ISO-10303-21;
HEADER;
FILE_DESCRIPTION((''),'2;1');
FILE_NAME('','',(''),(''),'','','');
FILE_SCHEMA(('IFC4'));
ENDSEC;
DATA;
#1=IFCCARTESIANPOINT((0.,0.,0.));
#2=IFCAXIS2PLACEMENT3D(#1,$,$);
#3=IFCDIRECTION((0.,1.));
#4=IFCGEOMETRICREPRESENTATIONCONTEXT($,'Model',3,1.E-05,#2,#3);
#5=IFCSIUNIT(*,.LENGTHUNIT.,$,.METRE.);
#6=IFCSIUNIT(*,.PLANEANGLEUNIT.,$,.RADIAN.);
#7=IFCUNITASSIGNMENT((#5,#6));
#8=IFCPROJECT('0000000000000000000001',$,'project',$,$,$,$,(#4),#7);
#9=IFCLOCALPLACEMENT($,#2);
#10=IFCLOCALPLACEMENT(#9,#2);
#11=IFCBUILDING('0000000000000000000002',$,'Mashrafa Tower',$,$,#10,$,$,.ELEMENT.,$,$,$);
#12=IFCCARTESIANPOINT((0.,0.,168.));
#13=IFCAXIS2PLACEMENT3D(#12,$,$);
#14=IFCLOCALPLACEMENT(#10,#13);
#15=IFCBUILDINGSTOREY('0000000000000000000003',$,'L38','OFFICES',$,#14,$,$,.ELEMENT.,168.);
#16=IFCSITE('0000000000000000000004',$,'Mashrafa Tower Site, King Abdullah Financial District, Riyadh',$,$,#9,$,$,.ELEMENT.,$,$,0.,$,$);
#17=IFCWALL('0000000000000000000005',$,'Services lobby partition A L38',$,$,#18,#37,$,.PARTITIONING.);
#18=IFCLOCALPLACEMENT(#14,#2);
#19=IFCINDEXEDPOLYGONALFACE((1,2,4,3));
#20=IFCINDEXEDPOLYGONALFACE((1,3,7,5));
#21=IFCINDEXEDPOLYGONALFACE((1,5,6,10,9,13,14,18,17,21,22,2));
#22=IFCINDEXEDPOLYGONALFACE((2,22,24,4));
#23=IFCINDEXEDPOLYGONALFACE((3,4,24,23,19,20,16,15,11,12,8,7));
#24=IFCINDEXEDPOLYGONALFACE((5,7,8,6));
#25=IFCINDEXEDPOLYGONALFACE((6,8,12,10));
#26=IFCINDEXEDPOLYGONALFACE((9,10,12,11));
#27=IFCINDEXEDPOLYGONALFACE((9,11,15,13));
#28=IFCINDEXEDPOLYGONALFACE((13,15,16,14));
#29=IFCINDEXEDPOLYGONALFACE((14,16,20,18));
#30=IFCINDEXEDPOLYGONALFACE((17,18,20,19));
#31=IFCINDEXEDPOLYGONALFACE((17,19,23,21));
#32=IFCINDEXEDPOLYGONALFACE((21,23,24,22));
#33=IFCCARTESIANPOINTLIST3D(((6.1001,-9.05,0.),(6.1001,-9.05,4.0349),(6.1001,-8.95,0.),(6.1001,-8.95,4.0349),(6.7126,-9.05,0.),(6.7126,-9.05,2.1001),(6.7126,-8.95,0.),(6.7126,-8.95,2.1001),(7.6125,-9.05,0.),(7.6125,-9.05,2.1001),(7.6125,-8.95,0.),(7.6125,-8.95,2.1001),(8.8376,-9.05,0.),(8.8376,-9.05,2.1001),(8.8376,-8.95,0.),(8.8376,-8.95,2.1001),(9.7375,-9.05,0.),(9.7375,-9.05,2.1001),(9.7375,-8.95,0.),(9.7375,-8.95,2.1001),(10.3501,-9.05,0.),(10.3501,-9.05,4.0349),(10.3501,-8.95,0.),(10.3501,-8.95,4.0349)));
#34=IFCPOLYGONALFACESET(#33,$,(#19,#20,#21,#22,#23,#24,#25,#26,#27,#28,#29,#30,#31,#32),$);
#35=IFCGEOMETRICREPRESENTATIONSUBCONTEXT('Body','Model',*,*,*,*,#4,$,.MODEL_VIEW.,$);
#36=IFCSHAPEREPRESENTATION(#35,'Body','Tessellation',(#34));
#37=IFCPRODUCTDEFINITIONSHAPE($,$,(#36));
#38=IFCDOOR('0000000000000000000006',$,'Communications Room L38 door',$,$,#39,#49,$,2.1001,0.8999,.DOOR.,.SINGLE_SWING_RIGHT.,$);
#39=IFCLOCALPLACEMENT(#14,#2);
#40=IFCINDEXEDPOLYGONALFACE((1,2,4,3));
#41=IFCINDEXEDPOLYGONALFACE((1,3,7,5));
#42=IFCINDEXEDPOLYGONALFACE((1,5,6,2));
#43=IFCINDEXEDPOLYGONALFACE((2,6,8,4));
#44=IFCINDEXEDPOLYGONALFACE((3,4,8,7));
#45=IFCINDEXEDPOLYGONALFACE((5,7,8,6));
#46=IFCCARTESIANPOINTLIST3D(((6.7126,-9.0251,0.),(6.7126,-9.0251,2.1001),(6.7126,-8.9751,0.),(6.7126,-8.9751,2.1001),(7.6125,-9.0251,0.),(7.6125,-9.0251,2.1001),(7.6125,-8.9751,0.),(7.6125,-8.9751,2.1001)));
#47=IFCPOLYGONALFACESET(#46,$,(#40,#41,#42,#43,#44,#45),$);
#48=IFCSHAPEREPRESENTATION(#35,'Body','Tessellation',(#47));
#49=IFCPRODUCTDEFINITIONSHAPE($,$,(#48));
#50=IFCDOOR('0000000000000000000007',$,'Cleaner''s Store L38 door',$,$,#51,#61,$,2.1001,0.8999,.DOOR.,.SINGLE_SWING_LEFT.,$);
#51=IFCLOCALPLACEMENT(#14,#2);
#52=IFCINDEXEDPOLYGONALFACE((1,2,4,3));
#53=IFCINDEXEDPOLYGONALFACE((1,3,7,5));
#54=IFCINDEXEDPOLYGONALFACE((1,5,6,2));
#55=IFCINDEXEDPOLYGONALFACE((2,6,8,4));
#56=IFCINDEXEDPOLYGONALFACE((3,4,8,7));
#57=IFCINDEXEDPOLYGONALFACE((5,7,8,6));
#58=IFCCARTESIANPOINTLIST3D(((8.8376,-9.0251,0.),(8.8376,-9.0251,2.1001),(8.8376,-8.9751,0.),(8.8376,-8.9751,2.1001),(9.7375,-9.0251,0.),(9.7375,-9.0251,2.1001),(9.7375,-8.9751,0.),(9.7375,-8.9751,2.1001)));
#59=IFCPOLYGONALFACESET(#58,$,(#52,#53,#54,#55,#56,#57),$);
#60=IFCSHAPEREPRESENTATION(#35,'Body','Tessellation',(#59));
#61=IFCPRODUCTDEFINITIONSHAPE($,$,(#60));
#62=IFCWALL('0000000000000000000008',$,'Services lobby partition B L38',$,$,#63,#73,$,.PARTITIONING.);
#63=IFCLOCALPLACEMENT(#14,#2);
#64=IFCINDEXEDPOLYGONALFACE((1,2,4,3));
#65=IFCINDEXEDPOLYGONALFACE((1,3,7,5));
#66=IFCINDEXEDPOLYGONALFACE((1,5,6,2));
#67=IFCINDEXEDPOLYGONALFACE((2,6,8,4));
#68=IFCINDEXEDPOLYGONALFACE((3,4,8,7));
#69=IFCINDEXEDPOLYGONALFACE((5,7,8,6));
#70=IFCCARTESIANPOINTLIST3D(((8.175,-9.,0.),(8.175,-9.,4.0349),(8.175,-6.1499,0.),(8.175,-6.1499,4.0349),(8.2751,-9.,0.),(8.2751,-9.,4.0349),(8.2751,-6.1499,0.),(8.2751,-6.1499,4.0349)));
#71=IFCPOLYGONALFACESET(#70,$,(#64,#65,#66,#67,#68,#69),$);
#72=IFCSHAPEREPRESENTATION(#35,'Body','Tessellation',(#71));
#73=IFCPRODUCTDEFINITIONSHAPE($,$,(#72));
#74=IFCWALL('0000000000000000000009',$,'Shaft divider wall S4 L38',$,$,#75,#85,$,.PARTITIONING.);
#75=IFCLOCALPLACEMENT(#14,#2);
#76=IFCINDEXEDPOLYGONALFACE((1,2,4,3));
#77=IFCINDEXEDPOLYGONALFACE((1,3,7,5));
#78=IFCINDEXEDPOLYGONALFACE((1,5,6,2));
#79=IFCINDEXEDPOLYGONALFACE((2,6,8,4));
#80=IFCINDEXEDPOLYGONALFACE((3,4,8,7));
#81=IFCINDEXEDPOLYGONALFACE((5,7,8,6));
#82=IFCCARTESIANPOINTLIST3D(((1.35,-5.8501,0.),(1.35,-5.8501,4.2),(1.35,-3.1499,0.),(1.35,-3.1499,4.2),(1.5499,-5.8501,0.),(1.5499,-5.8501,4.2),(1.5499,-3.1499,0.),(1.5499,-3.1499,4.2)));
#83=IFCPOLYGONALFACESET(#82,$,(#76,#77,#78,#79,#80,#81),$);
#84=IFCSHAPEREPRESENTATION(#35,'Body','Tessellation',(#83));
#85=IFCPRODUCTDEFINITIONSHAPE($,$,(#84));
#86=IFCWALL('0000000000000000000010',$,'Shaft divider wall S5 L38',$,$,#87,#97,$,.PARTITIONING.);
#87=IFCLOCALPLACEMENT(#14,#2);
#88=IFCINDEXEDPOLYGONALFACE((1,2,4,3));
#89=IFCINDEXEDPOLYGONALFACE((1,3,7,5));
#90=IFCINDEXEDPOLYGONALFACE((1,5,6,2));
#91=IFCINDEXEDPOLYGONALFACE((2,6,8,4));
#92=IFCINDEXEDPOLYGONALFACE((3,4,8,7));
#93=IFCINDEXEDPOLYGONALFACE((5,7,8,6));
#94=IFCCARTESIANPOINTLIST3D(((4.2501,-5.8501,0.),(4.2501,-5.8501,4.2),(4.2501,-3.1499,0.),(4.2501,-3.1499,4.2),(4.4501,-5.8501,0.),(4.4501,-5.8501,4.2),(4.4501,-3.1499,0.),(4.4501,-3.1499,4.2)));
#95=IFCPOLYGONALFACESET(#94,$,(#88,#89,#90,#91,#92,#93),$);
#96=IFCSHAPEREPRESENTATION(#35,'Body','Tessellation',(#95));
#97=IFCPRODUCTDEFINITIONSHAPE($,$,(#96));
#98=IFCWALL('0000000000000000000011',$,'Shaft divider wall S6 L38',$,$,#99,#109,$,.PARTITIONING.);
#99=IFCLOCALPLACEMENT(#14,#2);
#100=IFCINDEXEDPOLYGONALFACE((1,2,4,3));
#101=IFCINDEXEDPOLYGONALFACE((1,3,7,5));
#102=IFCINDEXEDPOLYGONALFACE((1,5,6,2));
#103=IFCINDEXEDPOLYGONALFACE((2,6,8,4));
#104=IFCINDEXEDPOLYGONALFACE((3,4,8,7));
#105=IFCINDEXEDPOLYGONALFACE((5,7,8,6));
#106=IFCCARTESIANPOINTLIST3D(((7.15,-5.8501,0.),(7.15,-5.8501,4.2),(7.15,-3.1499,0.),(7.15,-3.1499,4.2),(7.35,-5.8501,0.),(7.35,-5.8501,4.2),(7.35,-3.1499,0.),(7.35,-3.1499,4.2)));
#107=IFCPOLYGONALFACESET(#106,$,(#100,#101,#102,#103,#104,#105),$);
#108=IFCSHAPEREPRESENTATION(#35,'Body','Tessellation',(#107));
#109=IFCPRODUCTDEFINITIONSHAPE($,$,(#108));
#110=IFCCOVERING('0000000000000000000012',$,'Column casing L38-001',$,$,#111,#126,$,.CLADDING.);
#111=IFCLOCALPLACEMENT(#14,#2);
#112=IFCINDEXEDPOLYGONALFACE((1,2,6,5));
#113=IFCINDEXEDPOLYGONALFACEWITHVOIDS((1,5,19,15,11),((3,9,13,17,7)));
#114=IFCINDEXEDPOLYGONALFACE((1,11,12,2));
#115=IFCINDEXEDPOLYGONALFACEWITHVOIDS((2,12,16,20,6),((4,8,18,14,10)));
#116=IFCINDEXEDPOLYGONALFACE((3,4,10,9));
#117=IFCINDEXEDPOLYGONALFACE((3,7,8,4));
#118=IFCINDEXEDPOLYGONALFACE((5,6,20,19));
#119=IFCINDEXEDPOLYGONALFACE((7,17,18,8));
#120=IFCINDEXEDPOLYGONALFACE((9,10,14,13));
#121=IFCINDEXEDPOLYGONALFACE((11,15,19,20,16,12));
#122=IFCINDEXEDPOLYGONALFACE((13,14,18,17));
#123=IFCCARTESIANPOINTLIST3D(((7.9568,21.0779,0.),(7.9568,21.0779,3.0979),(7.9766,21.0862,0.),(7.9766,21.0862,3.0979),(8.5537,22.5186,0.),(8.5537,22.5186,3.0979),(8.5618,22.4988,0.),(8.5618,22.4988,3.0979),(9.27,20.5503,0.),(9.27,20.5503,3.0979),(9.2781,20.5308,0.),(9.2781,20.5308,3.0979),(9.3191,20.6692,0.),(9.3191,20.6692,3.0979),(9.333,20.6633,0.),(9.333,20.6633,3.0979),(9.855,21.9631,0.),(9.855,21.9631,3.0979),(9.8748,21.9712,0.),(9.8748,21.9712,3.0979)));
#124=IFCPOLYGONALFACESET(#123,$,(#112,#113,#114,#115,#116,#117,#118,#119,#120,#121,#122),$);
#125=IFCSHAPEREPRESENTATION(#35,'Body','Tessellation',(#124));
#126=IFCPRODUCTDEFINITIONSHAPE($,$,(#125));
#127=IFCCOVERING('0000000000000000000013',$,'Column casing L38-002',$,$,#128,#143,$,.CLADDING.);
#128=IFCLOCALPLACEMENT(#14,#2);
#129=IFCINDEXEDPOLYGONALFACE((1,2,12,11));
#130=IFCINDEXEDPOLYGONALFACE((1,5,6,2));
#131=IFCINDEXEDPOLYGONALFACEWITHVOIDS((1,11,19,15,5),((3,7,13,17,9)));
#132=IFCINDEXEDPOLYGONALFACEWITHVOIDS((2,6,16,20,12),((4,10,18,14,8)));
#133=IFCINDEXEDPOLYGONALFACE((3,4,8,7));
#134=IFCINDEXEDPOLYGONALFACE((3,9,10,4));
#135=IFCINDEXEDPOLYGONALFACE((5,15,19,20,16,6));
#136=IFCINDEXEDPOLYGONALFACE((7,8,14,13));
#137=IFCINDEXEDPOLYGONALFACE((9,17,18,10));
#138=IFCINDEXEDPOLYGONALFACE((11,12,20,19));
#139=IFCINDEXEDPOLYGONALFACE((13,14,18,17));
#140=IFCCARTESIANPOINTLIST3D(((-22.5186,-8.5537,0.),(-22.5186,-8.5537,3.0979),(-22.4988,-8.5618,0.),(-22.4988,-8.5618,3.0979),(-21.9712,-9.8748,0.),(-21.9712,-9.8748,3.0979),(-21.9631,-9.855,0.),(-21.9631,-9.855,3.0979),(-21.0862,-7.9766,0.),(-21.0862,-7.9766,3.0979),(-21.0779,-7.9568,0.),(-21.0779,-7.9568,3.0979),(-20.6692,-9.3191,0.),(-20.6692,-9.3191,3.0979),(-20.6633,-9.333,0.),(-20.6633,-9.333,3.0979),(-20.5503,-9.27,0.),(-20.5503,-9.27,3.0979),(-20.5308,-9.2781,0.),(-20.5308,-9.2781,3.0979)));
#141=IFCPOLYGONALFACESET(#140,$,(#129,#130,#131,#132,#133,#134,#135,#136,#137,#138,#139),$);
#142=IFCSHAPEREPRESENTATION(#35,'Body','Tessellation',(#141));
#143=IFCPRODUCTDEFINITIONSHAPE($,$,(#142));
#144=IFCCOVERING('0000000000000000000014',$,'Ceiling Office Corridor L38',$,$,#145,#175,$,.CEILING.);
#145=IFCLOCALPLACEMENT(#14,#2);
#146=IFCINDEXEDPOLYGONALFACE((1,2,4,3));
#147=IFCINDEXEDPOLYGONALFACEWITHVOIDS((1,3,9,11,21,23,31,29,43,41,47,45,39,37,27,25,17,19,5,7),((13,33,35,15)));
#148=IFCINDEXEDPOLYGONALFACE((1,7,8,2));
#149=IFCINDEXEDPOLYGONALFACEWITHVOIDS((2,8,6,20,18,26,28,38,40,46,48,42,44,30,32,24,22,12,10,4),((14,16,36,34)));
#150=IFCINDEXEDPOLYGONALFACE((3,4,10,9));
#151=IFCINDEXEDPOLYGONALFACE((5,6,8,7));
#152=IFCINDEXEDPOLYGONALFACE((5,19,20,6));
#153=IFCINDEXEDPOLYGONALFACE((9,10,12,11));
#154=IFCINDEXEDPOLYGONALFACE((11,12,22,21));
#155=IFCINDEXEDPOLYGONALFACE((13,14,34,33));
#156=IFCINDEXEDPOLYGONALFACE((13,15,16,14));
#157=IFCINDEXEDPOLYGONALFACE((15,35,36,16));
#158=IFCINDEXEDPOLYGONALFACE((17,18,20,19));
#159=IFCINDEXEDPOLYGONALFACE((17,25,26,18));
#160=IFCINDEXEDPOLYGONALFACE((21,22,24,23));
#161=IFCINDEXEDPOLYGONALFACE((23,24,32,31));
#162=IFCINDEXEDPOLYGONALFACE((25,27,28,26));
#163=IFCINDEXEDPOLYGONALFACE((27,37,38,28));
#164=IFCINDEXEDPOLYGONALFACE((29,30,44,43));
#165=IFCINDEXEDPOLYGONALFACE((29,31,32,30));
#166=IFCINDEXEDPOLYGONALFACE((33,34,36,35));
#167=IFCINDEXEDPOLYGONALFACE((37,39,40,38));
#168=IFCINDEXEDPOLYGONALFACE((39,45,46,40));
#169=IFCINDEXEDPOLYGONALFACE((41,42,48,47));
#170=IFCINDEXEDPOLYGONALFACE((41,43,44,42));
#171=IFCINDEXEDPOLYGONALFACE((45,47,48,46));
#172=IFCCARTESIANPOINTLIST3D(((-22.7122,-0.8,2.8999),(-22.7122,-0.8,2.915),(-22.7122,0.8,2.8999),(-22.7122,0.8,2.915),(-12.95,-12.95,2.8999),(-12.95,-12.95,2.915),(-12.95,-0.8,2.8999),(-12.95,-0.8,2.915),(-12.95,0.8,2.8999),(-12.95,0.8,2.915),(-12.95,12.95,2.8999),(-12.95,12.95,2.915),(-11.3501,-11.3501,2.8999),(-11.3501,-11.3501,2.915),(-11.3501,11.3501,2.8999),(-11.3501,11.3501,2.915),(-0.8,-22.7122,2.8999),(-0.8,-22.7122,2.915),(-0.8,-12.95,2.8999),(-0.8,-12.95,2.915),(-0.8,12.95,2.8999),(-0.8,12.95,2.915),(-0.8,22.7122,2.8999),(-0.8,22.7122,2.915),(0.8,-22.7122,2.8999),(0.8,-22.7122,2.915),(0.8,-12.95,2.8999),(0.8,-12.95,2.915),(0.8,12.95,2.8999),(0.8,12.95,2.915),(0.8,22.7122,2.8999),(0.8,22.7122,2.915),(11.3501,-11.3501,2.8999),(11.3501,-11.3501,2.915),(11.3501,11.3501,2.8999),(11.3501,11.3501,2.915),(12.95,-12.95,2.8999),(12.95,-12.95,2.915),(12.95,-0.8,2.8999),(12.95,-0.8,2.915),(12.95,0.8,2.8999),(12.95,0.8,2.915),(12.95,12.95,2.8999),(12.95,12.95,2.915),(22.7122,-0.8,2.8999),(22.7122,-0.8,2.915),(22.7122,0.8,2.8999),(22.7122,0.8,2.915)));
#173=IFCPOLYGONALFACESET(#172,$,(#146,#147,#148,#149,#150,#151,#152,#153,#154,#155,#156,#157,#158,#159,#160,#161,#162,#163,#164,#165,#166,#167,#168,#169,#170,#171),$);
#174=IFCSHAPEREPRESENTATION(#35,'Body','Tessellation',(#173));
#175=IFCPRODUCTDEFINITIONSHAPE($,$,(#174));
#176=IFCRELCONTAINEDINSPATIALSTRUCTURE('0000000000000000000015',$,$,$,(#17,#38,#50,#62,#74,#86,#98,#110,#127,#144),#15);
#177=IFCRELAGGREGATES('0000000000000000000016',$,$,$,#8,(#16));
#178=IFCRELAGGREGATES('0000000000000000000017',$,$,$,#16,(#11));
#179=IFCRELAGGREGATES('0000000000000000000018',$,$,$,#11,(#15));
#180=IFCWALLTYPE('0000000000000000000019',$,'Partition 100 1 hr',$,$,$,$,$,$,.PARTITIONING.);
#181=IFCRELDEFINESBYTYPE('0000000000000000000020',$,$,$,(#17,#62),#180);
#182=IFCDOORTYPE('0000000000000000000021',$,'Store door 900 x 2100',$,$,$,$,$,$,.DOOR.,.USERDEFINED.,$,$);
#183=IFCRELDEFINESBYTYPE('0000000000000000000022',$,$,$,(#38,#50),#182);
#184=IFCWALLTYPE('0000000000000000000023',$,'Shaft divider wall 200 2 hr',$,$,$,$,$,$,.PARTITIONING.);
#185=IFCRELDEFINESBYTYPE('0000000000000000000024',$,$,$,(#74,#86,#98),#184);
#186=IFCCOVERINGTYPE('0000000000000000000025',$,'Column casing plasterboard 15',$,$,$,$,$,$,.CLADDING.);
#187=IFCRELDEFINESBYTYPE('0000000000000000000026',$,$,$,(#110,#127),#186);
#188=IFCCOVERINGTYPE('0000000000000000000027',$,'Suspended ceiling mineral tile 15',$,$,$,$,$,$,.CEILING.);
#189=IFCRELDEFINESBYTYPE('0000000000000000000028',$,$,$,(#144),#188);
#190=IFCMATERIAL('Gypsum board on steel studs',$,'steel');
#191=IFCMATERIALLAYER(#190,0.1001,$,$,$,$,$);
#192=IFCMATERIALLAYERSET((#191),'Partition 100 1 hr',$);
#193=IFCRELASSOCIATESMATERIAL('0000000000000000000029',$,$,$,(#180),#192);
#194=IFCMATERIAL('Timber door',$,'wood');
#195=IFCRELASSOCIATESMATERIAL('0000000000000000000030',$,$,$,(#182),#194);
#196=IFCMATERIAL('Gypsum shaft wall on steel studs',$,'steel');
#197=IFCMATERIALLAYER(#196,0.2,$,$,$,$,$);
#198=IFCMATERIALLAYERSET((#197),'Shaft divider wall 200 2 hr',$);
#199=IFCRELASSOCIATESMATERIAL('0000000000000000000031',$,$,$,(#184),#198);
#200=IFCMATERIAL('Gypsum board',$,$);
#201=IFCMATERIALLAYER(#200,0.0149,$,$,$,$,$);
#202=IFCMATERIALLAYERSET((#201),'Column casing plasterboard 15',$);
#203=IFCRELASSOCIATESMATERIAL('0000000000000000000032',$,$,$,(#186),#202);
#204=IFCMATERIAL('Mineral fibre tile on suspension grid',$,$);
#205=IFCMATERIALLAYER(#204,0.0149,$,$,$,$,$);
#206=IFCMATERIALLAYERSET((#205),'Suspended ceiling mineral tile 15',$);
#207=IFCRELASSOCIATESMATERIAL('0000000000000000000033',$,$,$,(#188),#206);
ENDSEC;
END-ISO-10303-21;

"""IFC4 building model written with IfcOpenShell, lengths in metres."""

from ifc_helpers import new_model, si_unit, direction, frame, frame_2d, origin, place, context, subcontext, project, spatial, polyline, rectangle, outline, extrude, material, layer, layer_set, type_object, element, fill, save


model = new_model("IFC4")

# Units and contexts
model_context = context("Model", 3, precision=1e-05, world=origin(), true_north=direction((0.0, 1.0)))
body_context = subcontext(model_context, "Body", "Model", "MODEL_VIEW")
ifc_project = project(units=[si_unit("LENGTHUNIT", "METRE"), si_unit("PLANEANGLEUNIT", "RADIAN")], contexts=[model_context])

# Site, building, storey
site_placement = place(None, origin())
site = spatial("IfcSite", under=ifc_project, at=site_placement, Name="Mashrafa Tower Site, King Abdullah Financial District, Riyadh", CompositionType="ELEMENT", RefElevation=0.0)
building_placement = place(site_placement, origin())
building = spatial("IfcBuilding", under=site, at=building_placement, Name="Mashrafa Tower", CompositionType="ELEMENT")
storey_placement = place(building_placement, frame((0.0, 0.0, 168.0)))
storey = spatial("IfcBuildingStorey", under=building, at=storey_placement, Name="L38", Description="OFFICES", CompositionType="ELEMENT", Elevation=168.0)

# Wall, openings, doors
ifc_material_1 = material(Name="Gypsum board on steel studs", Category="steel")
ifc_layer_1 = layer(ifc_material_1, 0.1001)
ifc_layer_set_1 = layer_set([ifc_layer_1], Name="Partition 100 1 hr")
wall_type_1 = type_object("IfcWallType", Name="Partition 100 1 hr", PredefinedType="PARTITIONING", material=ifc_layer_set_1)
wall_1_placement = place(storey_placement, frame((6.1001, -9.0, 0.0), z_axis=(0.0, 0.0, 1.0), x_axis=(1.0, 0.0, 0.0)))
wall_1 = element("IfcWall", 1, at=wall_1_placement, inside=storey, type_object=wall_type_1, Name="Services lobby partition A L38", PredefinedType="PARTITIONING", context=body_context, shape_type="SweptSolid", body=[
    extrude(rectangle(XDim=4.25, YDim=0.1001, at=frame_2d((2.125, 0.0))), origin(), (0.0, 0.0, 1.0), 4.0349),
])
opening_1_placement = place(wall_1_placement, frame((0.6125, 0.0, 0.0)))
opening_1 = element("IfcOpeningElement", 2, at=opening_1_placement, cuts=wall_1, PredefinedType="OPENING", context=body_context, shape_type="SweptSolid", body=[
    extrude(rectangle(XDim=0.8999, YDim=2.1001, at=frame_2d((0.45, 1.05))), frame((0.0, 0.0601, 0.0), z_axis=(0.0, -1.0, 0.0), x_axis=(1.0, 0.0, 0.0)), (0.0, 0.0, 1.0), 0.1201),
])
opening_2_placement = place(wall_1_placement, frame((2.7375, 0.0, 0.0)))
opening_2 = element("IfcOpeningElement", 3, at=opening_2_placement, cuts=wall_1, PredefinedType="OPENING", context=body_context, shape_type="SweptSolid", body=[
    extrude(rectangle(XDim=0.8999, YDim=2.1001, at=frame_2d((0.45, 1.05))), frame((0.0, 0.0601, 0.0), z_axis=(0.0, -1.0, 0.0), x_axis=(1.0, 0.0, 0.0)), (0.0, 0.0, 1.0), 0.1201),
])
ifc_material_2 = material(Name="Timber door", Category="wood")
door_type_1 = type_object("IfcDoorType", Name="Store door 900 x 2100", OperationType="USERDEFINED", PredefinedType="DOOR", material=ifc_material_2)
door_1_placement = place(opening_1_placement, origin())
door_1 = element("IfcDoor", 4, at=door_1_placement, inside=storey, type_object=door_type_1, Name="Communications Room L38 door", OperationType="SINGLE_SWING_RIGHT", OverallHeight=2.1001, OverallWidth=0.8999, PredefinedType="DOOR", context=body_context, shape_type="SweptSolid", body=[
    extrude(rectangle(XDim=0.8999, YDim=2.1001, at=frame_2d((0.45, 1.05))), frame((0.0, 0.0249, 0.0), z_axis=(0.0, -1.0, 0.0), x_axis=(1.0, 0.0, 0.0)), (0.0, 0.0, 1.0), 0.05),
])
fill(opening_1, door_1)
door_2_placement = place(opening_2_placement, origin())
door_2 = element("IfcDoor", 5, at=door_2_placement, inside=storey, type_object=door_type_1, Name="Cleaner's Store L38 door", OperationType="SINGLE_SWING_LEFT", OverallHeight=2.1001, OverallWidth=0.8999, PredefinedType="DOOR", context=body_context, shape_type="SweptSolid", body=[
    extrude(rectangle(XDim=0.8999, YDim=2.1001, at=frame_2d((0.45, 1.05))), frame((0.0, 0.0249, 0.0), z_axis=(0.0, -1.0, 0.0), x_axis=(1.0, 0.0, 0.0)), (0.0, 0.0, 1.0), 0.05),
])
fill(opening_2, door_2)

# Walls
wall_2_placement = place(storey_placement, frame((8.2251, -9.0, 0.0), z_axis=(0.0, 0.0, 1.0), x_axis=(0.0, 1.0, 0.0)))
element("IfcWall", 6, at=wall_2_placement, inside=storey, type_object=wall_type_1, Name="Services lobby partition B L38", PredefinedType="PARTITIONING", context=body_context, shape_type="SweptSolid", body=[
    extrude(rectangle(XDim=2.8501, YDim=0.1001, at=frame_2d((1.425, 0.0))), origin(), (0.0, 0.0, 1.0), 4.0349),
])
ifc_material_3 = material(Name="Gypsum shaft wall on steel studs", Category="steel")
ifc_layer_2 = layer(ifc_material_3, 0.2)
ifc_layer_set_2 = layer_set([ifc_layer_2], Name="Shaft divider wall 200 2 hr")
wall_type_2 = type_object("IfcWallType", Name="Shaft divider wall 200 2 hr", PredefinedType="PARTITIONING", material=ifc_layer_set_2)
for number, where, z_axis, x_axis, name in (
    (7, (1.45, -5.8501, 0.0), (0.0, 0.0, 1.0), (0.0, 1.0, 0.0), "Shaft divider wall S4 L38"),
    (8, (4.3501, -5.8501, 0.0), (0.0, 0.0, 1.0), (0.0, 1.0, 0.0), "Shaft divider wall S5 L38"),
    (9, (7.25, -5.8501, 0.0), (0.0, 0.0, 1.0), (0.0, 1.0, 0.0), "Shaft divider wall S6 L38"),
):
    element("IfcWall", number, at=place(storey_placement, frame(where, z_axis=z_axis, x_axis=x_axis)), inside=storey, type_object=wall_type_2, Name=name, PredefinedType="PARTITIONING", context=body_context, shape_type="SweptSolid", body=[
        extrude(rectangle(XDim=2.7002, YDim=0.2, at=frame_2d((1.3501, 0.0))), origin(), (0.0, 0.0, 1.0), 4.2),
    ])

# Coverings
ifc_material_4 = material(Name="Gypsum board")
ifc_layer_3 = layer(ifc_material_4, 0.0149)
ifc_layer_set_3 = layer_set([ifc_layer_3], Name="Column casing plasterboard 15")
covering_type_1 = type_object("IfcCoveringType", Name="Column casing plasterboard 15", PredefinedType="CLADDING", material=ifc_layer_set_3)
covering_1_placement = place(storey_placement, origin())
element("IfcCovering", 10, at=covering_1_placement, inside=storey, type_object=covering_type_1, Name="Column casing L38-001", PredefinedType="CLADDING", context=body_context, shape_type="SweptSolid", body=[
    extrude(outline(polyline([(7.9568, 21.0779), (8.5537, 22.5186), (9.8748, 21.9712), (9.333, 20.6633), (9.2781, 20.5308), (7.9568, 21.0779)]), holes=[polyline([(9.3191, 20.6692), (9.855, 21.9631), (8.5618, 22.4988), (7.9766, 21.0862), (9.27, 20.5503), (9.3191, 20.6692)])]), origin(), (0.0, 0.0, 1.0), 3.0979),
])
covering_2_placement = place(storey_placement, origin())
element("IfcCovering", 11, at=covering_2_placement, inside=storey, type_object=covering_type_1, Name="Column casing L38-002", PredefinedType="CLADDING", context=body_context, shape_type="SweptSolid", body=[
    extrude(outline(polyline([(-22.5186, -8.5537), (-21.0779, -7.9568), (-20.5308, -9.2781), (-20.6633, -9.333), (-21.9712, -9.8748), (-22.5186, -8.5537)]), holes=[polyline([(-20.6692, -9.3191), (-20.5503, -9.27), (-21.0862, -7.9766), (-22.4988, -8.5618), (-21.9631, -9.855), (-20.6692, -9.3191)])]), origin(), (0.0, 0.0, 1.0), 3.0979),
])
ifc_material_5 = material(Name="Mineral fibre tile on suspension grid")
ifc_layer_4 = layer(ifc_material_5, 0.0149)
ifc_layer_set_4 = layer_set([ifc_layer_4], Name="Suspended ceiling mineral tile 15")
covering_type_2 = type_object("IfcCoveringType", Name="Suspended ceiling mineral tile 15", PredefinedType="CEILING", material=ifc_layer_set_4)
covering_3_placement = place(storey_placement, frame((0.0, 0.0, 2.8999)))
element("IfcCovering", 12, at=covering_3_placement, inside=storey, type_object=covering_type_2, Name="Ceiling Office Corridor L38", PredefinedType="CEILING", context=body_context, shape_type="SweptSolid", body=[
    extrude(outline(polyline([(-12.95, -12.95), (-12.95, -0.8), (-22.7122, -0.8), (-22.7122, 0.8), (-12.95, 0.8), (-12.95, 12.95), (-0.8, 12.95), (-0.8, 22.7122), (0.8, 22.7122), (0.8, 12.95), (12.95, 12.95), (12.95, 0.8), (22.7122, 0.8), (22.7122, -0.8), (12.95, -0.8), (12.95, -12.95), (0.8, -12.95), (0.8, -22.7122), (-0.8, -22.7122), (-0.8, -12.95), (-12.95, -12.95)]), holes=[polyline([(11.3501, 11.3501), (-11.3501, 11.3501), (-11.3501, -11.3501), (11.3501, -11.3501), (11.3501, 11.3501)])]), origin(), (0.0, 0.0, 1.0), 0.0151),
])

save(model, "model.ifc")
